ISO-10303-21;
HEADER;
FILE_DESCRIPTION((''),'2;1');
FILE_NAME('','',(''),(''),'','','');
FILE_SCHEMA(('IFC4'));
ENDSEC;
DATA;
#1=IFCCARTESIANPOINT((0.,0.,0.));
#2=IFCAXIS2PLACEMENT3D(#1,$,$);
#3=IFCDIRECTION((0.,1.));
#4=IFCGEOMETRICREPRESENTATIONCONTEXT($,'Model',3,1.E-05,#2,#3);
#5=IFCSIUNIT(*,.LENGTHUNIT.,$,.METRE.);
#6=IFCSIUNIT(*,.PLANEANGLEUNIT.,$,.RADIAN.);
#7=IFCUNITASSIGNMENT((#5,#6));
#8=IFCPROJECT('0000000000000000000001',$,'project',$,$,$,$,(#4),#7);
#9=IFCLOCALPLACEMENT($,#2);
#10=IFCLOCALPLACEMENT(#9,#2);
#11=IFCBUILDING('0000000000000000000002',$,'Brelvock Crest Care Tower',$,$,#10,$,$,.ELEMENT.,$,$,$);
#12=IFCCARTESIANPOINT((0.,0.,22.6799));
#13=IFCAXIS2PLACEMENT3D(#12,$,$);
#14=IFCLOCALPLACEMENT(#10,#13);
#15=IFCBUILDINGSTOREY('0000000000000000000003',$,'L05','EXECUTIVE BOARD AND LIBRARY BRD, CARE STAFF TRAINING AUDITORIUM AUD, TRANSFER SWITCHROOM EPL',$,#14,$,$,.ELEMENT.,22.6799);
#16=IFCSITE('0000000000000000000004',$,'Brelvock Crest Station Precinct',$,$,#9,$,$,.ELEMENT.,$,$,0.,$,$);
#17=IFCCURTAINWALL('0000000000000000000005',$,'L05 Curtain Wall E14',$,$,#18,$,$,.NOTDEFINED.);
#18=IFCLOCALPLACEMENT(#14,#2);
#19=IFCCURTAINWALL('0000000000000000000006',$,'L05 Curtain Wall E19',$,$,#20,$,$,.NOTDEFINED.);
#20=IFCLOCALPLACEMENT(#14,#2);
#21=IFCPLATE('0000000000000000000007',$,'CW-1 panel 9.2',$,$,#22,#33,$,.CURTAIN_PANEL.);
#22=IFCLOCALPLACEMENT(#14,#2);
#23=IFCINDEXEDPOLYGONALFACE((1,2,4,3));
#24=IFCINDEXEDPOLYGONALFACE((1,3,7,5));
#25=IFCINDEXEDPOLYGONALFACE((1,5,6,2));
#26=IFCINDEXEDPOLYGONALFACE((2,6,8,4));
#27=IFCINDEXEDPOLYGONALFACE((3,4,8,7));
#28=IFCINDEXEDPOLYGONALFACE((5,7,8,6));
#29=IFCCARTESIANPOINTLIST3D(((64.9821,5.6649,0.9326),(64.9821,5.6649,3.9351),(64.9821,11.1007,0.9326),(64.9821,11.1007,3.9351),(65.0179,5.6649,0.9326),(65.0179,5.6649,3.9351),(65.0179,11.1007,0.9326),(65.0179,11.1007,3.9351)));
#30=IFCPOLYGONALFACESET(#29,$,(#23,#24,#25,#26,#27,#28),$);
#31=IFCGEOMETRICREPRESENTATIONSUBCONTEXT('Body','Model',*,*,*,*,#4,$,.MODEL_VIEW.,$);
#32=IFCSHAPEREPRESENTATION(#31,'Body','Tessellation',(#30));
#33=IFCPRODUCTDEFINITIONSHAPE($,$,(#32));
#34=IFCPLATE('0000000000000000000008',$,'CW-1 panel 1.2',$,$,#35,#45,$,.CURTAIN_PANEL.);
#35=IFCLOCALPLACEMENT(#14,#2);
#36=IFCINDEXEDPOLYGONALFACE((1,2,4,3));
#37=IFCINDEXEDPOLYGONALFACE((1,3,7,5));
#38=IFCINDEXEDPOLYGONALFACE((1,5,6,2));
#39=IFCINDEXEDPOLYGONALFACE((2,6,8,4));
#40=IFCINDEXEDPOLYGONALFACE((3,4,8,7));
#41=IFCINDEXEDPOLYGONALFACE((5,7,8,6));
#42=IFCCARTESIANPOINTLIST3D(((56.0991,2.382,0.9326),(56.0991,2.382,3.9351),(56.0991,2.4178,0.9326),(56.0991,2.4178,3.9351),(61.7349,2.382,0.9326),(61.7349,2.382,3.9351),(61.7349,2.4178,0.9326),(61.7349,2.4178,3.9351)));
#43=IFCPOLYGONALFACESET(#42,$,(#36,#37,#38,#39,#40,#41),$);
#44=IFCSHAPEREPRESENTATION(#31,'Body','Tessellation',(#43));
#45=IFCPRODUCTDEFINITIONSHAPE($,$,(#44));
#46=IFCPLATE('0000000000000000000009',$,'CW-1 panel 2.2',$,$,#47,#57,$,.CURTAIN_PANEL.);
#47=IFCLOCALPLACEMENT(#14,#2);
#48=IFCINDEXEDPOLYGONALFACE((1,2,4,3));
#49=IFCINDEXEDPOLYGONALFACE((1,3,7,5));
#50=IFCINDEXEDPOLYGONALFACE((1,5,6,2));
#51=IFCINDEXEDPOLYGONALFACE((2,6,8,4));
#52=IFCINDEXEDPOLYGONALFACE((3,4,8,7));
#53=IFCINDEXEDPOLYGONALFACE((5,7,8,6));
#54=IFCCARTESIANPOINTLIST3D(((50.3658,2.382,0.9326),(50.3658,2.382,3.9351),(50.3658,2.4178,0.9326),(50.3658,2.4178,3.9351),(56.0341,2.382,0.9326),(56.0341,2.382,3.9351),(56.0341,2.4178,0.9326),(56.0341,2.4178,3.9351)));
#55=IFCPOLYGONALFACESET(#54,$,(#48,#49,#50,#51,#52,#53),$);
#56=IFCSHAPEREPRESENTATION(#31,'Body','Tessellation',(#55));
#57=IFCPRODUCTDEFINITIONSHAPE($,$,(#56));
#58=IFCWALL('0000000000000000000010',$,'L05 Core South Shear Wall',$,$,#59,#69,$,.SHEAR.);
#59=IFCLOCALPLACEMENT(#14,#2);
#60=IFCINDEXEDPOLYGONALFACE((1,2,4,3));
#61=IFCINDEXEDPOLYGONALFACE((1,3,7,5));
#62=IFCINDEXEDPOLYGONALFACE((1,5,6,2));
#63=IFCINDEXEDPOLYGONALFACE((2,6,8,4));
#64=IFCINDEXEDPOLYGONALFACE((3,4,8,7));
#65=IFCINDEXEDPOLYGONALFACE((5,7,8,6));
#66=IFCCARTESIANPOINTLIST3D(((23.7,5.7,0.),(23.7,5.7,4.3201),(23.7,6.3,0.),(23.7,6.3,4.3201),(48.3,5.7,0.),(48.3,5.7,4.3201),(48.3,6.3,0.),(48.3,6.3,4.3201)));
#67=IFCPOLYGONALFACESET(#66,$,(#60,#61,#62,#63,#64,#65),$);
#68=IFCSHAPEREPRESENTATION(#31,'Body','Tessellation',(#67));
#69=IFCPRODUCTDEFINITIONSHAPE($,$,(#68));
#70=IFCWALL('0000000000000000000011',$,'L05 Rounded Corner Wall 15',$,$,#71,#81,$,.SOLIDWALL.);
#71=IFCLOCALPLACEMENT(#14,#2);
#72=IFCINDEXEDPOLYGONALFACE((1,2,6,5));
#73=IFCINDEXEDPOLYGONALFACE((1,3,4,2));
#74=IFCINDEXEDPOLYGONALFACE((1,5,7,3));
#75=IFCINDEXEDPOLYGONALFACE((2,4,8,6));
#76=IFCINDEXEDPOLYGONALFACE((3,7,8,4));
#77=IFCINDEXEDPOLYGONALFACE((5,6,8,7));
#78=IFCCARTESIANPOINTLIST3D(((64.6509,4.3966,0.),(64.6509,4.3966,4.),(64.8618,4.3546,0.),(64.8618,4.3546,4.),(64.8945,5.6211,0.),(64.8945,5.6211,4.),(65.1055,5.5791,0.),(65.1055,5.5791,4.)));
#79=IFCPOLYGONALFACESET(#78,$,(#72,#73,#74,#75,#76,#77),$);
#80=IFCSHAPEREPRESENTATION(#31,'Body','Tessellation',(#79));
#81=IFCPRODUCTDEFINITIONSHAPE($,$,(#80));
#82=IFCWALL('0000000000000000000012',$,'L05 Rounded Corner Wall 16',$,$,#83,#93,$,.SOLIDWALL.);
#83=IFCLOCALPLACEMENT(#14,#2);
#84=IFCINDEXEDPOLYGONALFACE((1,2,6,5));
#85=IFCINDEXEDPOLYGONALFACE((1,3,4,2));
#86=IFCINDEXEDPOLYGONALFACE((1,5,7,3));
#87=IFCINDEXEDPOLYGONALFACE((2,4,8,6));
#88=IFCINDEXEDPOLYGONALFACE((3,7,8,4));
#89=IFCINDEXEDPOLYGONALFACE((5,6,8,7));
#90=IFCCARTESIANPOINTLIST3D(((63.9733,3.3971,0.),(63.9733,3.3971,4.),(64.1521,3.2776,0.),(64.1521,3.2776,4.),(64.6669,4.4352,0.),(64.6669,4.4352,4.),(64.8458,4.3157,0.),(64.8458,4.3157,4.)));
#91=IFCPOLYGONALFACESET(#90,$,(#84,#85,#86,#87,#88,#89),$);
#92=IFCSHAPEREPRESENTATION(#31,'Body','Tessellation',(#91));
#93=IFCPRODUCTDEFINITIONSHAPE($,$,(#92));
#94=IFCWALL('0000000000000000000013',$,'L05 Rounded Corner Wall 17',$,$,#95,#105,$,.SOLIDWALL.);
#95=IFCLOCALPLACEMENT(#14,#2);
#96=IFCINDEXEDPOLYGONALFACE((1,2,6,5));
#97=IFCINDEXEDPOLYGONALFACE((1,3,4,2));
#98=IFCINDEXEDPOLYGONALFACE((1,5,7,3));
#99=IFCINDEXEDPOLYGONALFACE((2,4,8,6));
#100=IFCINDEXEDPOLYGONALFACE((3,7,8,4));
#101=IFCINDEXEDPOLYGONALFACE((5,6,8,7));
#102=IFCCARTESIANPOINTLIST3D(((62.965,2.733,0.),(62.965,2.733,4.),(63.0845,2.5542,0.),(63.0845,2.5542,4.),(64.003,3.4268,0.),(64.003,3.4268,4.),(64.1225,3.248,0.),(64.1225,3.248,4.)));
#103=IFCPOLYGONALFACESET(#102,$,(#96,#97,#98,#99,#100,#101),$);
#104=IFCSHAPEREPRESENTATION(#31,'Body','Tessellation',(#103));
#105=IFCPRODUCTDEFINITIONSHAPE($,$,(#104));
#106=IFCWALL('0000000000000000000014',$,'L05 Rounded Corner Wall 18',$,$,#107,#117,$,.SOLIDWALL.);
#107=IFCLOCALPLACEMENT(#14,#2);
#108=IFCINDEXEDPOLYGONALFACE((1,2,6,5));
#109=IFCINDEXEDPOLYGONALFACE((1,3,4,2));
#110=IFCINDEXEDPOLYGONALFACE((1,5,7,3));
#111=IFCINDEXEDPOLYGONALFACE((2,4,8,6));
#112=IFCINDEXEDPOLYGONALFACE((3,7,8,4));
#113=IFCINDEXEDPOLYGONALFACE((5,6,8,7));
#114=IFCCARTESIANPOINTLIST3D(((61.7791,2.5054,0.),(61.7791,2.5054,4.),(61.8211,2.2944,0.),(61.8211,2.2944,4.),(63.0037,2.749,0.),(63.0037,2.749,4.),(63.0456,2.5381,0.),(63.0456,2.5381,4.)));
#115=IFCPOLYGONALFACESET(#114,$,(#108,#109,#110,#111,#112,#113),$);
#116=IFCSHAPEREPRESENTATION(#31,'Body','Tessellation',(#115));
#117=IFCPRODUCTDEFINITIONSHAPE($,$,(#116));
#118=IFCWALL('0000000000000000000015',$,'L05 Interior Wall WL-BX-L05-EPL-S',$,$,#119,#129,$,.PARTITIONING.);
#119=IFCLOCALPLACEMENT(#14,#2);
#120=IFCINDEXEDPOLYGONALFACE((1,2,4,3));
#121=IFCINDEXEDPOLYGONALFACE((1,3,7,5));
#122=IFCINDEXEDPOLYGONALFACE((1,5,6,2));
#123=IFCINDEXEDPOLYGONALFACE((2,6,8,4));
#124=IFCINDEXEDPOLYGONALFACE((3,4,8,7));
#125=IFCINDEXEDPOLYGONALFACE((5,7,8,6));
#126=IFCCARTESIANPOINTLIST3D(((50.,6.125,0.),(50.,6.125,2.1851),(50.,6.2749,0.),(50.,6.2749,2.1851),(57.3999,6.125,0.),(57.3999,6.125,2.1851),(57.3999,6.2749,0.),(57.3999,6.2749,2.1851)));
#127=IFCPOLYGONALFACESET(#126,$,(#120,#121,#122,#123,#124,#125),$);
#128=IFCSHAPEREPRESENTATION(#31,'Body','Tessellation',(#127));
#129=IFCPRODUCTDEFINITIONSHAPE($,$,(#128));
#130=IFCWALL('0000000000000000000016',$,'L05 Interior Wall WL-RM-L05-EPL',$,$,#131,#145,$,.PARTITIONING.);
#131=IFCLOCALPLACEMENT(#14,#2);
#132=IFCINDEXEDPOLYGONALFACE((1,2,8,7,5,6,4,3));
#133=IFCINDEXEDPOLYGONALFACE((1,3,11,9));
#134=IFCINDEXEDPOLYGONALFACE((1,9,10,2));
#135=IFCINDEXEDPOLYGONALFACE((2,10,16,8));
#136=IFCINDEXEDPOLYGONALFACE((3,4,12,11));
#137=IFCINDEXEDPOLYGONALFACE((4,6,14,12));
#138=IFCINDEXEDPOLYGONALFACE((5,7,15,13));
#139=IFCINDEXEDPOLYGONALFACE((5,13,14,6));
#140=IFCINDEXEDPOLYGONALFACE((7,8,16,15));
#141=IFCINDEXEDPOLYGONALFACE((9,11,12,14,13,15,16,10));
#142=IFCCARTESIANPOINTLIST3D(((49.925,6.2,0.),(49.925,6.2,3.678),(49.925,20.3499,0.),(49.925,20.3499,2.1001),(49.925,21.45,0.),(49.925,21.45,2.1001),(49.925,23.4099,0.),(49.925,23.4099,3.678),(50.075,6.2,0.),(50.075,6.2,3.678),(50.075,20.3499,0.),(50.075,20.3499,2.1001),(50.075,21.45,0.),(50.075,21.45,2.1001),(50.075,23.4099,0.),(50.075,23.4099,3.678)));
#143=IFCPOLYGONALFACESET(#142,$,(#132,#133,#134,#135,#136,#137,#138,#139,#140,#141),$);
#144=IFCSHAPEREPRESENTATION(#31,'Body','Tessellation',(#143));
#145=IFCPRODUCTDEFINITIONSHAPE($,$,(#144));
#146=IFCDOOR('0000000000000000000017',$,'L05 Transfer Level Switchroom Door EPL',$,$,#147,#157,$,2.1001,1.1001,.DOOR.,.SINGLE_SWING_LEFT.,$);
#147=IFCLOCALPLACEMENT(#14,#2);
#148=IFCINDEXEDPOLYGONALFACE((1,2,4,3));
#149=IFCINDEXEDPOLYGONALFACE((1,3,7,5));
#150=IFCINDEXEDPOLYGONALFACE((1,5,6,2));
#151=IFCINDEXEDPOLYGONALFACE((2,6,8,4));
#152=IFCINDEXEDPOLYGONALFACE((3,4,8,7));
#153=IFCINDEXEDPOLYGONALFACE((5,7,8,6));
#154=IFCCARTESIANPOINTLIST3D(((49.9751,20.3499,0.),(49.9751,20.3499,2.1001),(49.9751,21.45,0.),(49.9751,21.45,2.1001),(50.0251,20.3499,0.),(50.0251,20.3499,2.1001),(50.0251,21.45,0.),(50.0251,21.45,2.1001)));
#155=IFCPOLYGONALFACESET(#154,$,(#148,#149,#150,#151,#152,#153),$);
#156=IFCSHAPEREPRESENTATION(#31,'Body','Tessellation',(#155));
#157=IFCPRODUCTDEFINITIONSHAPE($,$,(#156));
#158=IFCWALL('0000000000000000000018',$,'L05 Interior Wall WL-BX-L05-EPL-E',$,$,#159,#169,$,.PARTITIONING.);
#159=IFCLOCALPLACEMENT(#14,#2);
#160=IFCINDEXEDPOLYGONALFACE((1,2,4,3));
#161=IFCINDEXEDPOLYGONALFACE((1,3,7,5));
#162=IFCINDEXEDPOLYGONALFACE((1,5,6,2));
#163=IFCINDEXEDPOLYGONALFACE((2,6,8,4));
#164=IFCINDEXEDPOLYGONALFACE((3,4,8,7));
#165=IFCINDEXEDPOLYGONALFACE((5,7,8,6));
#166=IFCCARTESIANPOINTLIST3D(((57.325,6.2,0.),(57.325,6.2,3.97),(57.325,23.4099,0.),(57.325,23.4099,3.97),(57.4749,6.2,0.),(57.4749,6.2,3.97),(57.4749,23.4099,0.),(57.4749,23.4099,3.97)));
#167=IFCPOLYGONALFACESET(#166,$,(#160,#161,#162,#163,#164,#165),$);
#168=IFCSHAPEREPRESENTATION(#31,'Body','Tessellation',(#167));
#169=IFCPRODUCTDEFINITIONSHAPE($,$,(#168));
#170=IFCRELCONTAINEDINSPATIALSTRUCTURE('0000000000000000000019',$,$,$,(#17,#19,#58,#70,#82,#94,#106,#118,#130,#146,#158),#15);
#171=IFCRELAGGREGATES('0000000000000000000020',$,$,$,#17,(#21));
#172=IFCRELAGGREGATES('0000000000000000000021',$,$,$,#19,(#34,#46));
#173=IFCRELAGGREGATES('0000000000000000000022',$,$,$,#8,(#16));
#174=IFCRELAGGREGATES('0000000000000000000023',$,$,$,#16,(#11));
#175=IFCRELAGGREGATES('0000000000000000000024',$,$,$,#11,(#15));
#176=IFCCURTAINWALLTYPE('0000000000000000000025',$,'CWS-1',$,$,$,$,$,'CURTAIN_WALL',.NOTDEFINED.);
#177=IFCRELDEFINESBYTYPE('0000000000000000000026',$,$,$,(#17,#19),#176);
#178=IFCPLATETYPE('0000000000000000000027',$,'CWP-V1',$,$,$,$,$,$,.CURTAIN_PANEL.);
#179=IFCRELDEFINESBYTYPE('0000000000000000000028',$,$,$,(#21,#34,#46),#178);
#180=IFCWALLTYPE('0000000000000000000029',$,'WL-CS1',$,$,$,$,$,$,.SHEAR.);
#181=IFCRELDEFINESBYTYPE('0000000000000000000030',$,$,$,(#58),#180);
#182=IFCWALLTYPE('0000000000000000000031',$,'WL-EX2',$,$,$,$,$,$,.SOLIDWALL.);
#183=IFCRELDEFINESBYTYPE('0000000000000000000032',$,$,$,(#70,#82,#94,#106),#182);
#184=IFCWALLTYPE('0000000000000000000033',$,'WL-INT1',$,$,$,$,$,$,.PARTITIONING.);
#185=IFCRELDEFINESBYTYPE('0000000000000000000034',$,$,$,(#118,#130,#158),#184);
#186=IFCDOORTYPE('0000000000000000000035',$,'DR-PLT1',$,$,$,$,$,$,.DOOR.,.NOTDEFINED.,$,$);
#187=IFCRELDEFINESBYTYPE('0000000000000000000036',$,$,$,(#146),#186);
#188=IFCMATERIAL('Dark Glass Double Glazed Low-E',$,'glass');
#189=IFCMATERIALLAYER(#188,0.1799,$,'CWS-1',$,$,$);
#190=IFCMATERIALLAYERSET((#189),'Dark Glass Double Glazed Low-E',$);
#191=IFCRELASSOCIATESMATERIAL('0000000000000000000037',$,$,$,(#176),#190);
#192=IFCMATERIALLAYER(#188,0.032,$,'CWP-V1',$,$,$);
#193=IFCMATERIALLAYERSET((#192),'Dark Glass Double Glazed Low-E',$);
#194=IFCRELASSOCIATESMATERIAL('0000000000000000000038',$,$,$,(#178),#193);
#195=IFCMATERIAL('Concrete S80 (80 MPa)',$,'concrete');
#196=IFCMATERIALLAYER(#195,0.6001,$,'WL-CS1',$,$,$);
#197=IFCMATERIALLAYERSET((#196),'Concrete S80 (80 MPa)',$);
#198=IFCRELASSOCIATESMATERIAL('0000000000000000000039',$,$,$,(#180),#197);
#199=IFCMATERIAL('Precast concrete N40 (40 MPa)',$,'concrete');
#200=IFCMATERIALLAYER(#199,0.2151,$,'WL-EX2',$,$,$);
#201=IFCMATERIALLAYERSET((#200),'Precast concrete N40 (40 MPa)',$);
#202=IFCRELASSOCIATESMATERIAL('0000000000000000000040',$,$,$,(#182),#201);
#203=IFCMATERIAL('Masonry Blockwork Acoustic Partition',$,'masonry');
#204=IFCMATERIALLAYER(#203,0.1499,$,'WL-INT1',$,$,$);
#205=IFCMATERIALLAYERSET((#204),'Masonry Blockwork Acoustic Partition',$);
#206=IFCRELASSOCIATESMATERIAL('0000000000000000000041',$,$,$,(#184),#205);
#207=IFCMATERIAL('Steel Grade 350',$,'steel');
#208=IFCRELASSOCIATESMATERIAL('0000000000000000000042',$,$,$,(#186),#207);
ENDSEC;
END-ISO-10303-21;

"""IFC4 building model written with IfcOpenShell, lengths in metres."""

from ifc_helpers import new_model, si_unit, direction, frame, frame_2d, origin, origin_2d, place, context, subcontext, project, spatial, rectangle, extrude, source, transform, mapped, material, layer, layer_set, type_object, element, fill, aggregate, save


model = new_model("IFC4")

# Units and contexts
model_context = context("Model", 3, precision=1e-05, world=origin(), true_north=direction((0.0, 1.0)))
body_context = subcontext(model_context, "Body", "Model", "MODEL_VIEW")
ifc_project = project(units=[si_unit("LENGTHUNIT", "METRE"), si_unit("PLANEANGLEUNIT", "RADIAN")], contexts=[model_context])

# Site, building, storey
site_placement = place(None, origin())
site = spatial("IfcSite", under=ifc_project, at=site_placement, Name="Brelvock Crest Station Precinct", CompositionType="ELEMENT", RefElevation=0.0)
building_placement = place(site_placement, origin())
building = spatial("IfcBuilding", under=site, at=building_placement, Name="Brelvock Crest Care Tower", CompositionType="ELEMENT")
storey_placement = place(building_placement, frame((0.0, 0.0, 22.6799)))
storey = spatial("IfcBuildingStorey", under=building, at=storey_placement, Name="L05", Description="EXECUTIVE BOARD AND LIBRARY BRD, CARE STAFF TRAINING AUDITORIUM AUD, TRANSFER SWITCHROOM EPL", CompositionType="ELEMENT", Elevation=22.6799)

# Shared definitions
ifc_material_1 = material(Name="Steel Grade 350", Category="steel")

# Curtain walls
ifc_material_2 = material(Name="Dark Glass Double Glazed Low-E", Category="glass")
ifc_layer_1 = layer(ifc_material_2, 0.1799, Name="CWS-1")
ifc_layer_set_1 = layer_set([ifc_layer_1], Name="Dark Glass Double Glazed Low-E")
curtain_wall_type = type_object("IfcCurtainWallType", Name="CWS-1", ElementType="CURTAIN_WALL", PredefinedType="NOTDEFINED", material=ifc_layer_set_1)
curtain_wall_1_placement = place(storey_placement, origin())
curtain_wall_1 = element("IfcCurtainWall", 1, at=curtain_wall_1_placement, inside=storey, type_object=curtain_wall_type, Name="L05 Curtain Wall E14", PredefinedType="NOTDEFINED")
curtain_wall_2_placement = place(storey_placement, origin())
curtain_wall_2 = element("IfcCurtainWall", 2, at=curtain_wall_2_placement, inside=storey, type_object=curtain_wall_type, Name="L05 Curtain Wall E19", PredefinedType="NOTDEFINED")

# Plates
ifc_layer_2 = layer(ifc_material_2, 0.032, Name="CWP-V1")
ifc_layer_set_2 = layer_set([ifc_layer_2], Name="Dark Glass Double Glazed Low-E")
plate_type_1 = type_object("IfcPlateType", Name="CWP-V1", PredefinedType="CURTAIN_PANEL", material=ifc_layer_set_2)
shared_shape_1 = source(origin(), body_context, "Body", "SweptSolid", [
    extrude(rectangle(XDim=5.4358, YDim=0.0359, at=origin_2d()), origin(), (0.0, 0.0, 1.0), 3.0024),
])
plate_1_placement = place(storey_placement, frame((65.0, 8.3828, 0.9326), z_axis=(0.0, 0.0, 1.0), x_axis=(0.0, -1.0, 0.0)))
plate_1 = element("IfcPlate", 3, at=plate_1_placement, type_object=plate_type_1, Name="CW-1 panel 9.2", PredefinedType="CURTAIN_PANEL", context=body_context, shape_type="MappedRepresentation", body=[
    mapped(shared_shape_1, transform((0.0, 0.0, 0.0), x_axis=(1.0, 0.0, 0.0), y_axis=(0.0, 1.0, 0.0), z_axis=(0.0, 0.0, 1.0), scale=1.0)),
])
aggregate(curtain_wall_1, [plate_1])
shared_shape_2 = source(origin(), body_context, "Body", "SweptSolid", [
    extrude(rectangle(XDim=5.6357, YDim=0.0359, at=origin_2d()), origin(), (0.0, 0.0, 1.0), 3.0024),
])
plate_2_placement = place(storey_placement, frame((58.917, 2.3999, 0.9326), z_axis=(0.0, 0.0, 1.0), x_axis=(-1.0, 0.0, 0.0)))
plate_2 = element("IfcPlate", 4, at=plate_2_placement, type_object=plate_type_1, Name="CW-1 panel 1.2", PredefinedType="CURTAIN_PANEL", context=body_context, shape_type="MappedRepresentation", body=[
    mapped(shared_shape_2, transform((0.0, 0.0, 0.0), x_axis=(1.0, 0.0, 0.0), y_axis=(0.0, 1.0, 0.0), z_axis=(0.0, 0.0, 1.0), scale=1.0)),
])
shared_shape_3 = source(origin(), body_context, "Body", "SweptSolid", [
    extrude(rectangle(XDim=5.6682, YDim=0.0359, at=origin_2d()), origin(), (0.0, 0.0, 1.0), 3.0024),
])
plate_3_placement = place(storey_placement, frame((53.2, 2.3999, 0.9326), z_axis=(0.0, 0.0, 1.0), x_axis=(-1.0, 0.0, 0.0)))
plate_3 = element("IfcPlate", 5, at=plate_3_placement, type_object=plate_type_1, Name="CW-1 panel 2.2", PredefinedType="CURTAIN_PANEL", context=body_context, shape_type="MappedRepresentation", body=[
    mapped(shared_shape_3, transform((0.0, 0.0, 0.0), x_axis=(1.0, 0.0, 0.0), y_axis=(0.0, 1.0, 0.0), z_axis=(0.0, 0.0, 1.0), scale=1.0)),
])
aggregate(curtain_wall_2, [plate_2, plate_3])

# Walls
ifc_material_3 = material(Name="Concrete S80 (80 MPa)", Category="concrete")
ifc_layer_3 = layer(ifc_material_3, 0.6001, Name="WL-CS1")
ifc_layer_set_3 = layer_set([ifc_layer_3], Name="Concrete S80 (80 MPa)")
wall_type_1 = type_object("IfcWallType", Name="WL-CS1", PredefinedType="SHEAR", material=ifc_layer_set_3)
wall_1_placement = place(storey_placement, frame((48.3, 6.0, 0.0), z_axis=(0.0, 0.0, 1.0), x_axis=(-1.0, 0.0, 0.0)))
element("IfcWall", 6, at=wall_1_placement, inside=storey, type_object=wall_type_1, Name="L05 Core South Shear Wall", PredefinedType="SHEAR", context=body_context, shape_type="SweptSolid", body=[
    extrude(rectangle(XDim=24.6001, YDim=0.6001, at=frame_2d((12.3, 0.0))), origin(), (0.0, 0.0, 1.0), 4.3201),
])
ifc_material_4 = material(Name="Precast concrete N40 (40 MPa)", Category="concrete")
ifc_layer_4 = layer(ifc_material_4, 0.2151, Name="WL-EX2")
ifc_layer_set_4 = layer_set([ifc_layer_4], Name="Precast concrete N40 (40 MPa)")
wall_type_2 = type_object("IfcWallType", Name="WL-EX2", PredefinedType="SOLIDWALL", material=ifc_layer_set_4)
for number, where, z_axis, x_axis, name in (
    (7, (65.0, 5.6001, 0.0), (0.0, 0.0, 1.0), (-0.195138, -0.980776, 0.0), "L05 Rounded Corner Wall 15"),
    (8, (64.7563, 4.3755, 0.0), (0.0, 0.0, 1.0), (-0.555557, -0.831478, 0.0), "L05 Rounded Corner Wall 16"),
    (9, (64.0627, 3.3374, 0.0), (0.0, 0.0, 1.0), (-0.831388, -0.555692, 0.0), "L05 Rounded Corner Wall 17"),
    (10, (63.0247, 2.6436, 0.0), (0.0, 0.0, 1.0), (-0.980776, -0.195138, 0.0), "L05 Rounded Corner Wall 18"),
):
    element("IfcWall", number, at=place(storey_placement, frame(where, z_axis=z_axis, x_axis=x_axis)), inside=storey, type_object=wall_type_2, Name=name, PredefinedType="SOLIDWALL", context=body_context, shape_type="SweptSolid", body=[
        extrude(rectangle(XDim=1.2485, YDim=0.2151, at=frame_2d((0.6243, 0.0))), origin(), (0.0, 0.0, 1.0), 4.0),
    ])
ifc_material_5 = material(Name="Masonry Blockwork Acoustic Partition", Category="masonry")
ifc_layer_5 = layer(ifc_material_5, 0.1499, Name="WL-INT1")
ifc_layer_set_5 = layer_set([ifc_layer_5], Name="Masonry Blockwork Acoustic Partition")
wall_type_3 = type_object("IfcWallType", Name="WL-INT1", PredefinedType="PARTITIONING", material=ifc_layer_set_5)
wall_2_placement = place(storey_placement, frame((50.0, 6.2, 0.0), z_axis=(0.0, 0.0, 1.0), x_axis=(1.0, 0.0, 0.0)))
element("IfcWall", 11, at=wall_2_placement, inside=storey, type_object=wall_type_3, Name="L05 Interior Wall WL-BX-L05-EPL-S", PredefinedType="PARTITIONING", context=body_context, shape_type="SweptSolid", body=[
    extrude(rectangle(XDim=7.3999, YDim=0.1499, at=frame_2d((3.7, 0.0))), origin(), (0.0, 0.0, 1.0), 2.1851),
])

# Wall, opening, door
wall_3_placement = place(storey_placement, frame((50.0, 6.2, 0.0), z_axis=(0.0, 0.0, 1.0), x_axis=(0.0, 1.0, 0.0)))
wall_3 = element("IfcWall", 12, at=wall_3_placement, inside=storey, type_object=wall_type_3, Name="L05 Interior Wall WL-RM-L05-EPL", PredefinedType="PARTITIONING", context=body_context, shape_type="SweptSolid", body=[
    extrude(rectangle(XDim=17.21, YDim=0.1499, at=frame_2d((8.605, 0.0))), origin(), (0.0, 0.0, 1.0), 3.678),
])
opening_placement = place(wall_3_placement, frame((14.1499, 0.0, 0.0)))
opening = element("IfcOpeningElement", 13, at=opening_placement, cuts=wall_3, PredefinedType="OPENING", context=body_context, shape_type="SweptSolid", body=[
    extrude(rectangle(XDim=1.1001, YDim=2.1001, at=origin_2d()), frame((0.55, 0.085, 1.05), z_axis=(0.0, -1.0, 0.0), x_axis=(1.0, 0.0, 0.0)), (0.0, 0.0, 1.0), 0.1699),
])
door_type = type_object("IfcDoorType", Name="DR-PLT1", OperationType="NOTDEFINED", PredefinedType="DOOR", material=ifc_material_1)
shared_shape_4 = source(origin(), body_context, "Body", "SweptSolid", [
    extrude(rectangle(XDim=1.1001, YDim=2.1001, at=origin_2d()), frame((0.55, 0.0249, 1.05), z_axis=(0.0, -1.0, 0.0), x_axis=(1.0, 0.0, 0.0)), (0.0, 0.0, 1.0), 0.05),
])
door_placement = place(opening_placement, origin())
door = element("IfcDoor", 14, at=door_placement, inside=storey, type_object=door_type, Name="L05 Transfer Level Switchroom Door EPL", OperationType="SINGLE_SWING_LEFT", OverallHeight=2.1001, OverallWidth=1.1001, PredefinedType="DOOR", context=body_context, shape_type="MappedRepresentation", body=[
    mapped(shared_shape_4, transform((0.0, 0.0, 0.0), x_axis=(1.0, 0.0, 0.0), y_axis=(0.0, 1.0, 0.0), z_axis=(0.0, 0.0, 1.0), scale=1.0)),
])
fill(opening, door)

# Wall
wall_4_placement = place(storey_placement, frame((57.3999, 6.2, 0.0), z_axis=(0.0, 0.0, 1.0), x_axis=(0.0, 1.0, 0.0)))
element("IfcWall", 15, at=wall_4_placement, inside=storey, type_object=wall_type_3, Name="L05 Interior Wall WL-BX-L05-EPL-E", PredefinedType="PARTITIONING", context=body_context, shape_type="SweptSolid", body=[
    extrude(rectangle(XDim=17.21, YDim=0.1499, at=frame_2d((8.605, 0.0))), origin(), (0.0, 0.0, 1.0), 3.97),
])

save(model, "model.ifc")
